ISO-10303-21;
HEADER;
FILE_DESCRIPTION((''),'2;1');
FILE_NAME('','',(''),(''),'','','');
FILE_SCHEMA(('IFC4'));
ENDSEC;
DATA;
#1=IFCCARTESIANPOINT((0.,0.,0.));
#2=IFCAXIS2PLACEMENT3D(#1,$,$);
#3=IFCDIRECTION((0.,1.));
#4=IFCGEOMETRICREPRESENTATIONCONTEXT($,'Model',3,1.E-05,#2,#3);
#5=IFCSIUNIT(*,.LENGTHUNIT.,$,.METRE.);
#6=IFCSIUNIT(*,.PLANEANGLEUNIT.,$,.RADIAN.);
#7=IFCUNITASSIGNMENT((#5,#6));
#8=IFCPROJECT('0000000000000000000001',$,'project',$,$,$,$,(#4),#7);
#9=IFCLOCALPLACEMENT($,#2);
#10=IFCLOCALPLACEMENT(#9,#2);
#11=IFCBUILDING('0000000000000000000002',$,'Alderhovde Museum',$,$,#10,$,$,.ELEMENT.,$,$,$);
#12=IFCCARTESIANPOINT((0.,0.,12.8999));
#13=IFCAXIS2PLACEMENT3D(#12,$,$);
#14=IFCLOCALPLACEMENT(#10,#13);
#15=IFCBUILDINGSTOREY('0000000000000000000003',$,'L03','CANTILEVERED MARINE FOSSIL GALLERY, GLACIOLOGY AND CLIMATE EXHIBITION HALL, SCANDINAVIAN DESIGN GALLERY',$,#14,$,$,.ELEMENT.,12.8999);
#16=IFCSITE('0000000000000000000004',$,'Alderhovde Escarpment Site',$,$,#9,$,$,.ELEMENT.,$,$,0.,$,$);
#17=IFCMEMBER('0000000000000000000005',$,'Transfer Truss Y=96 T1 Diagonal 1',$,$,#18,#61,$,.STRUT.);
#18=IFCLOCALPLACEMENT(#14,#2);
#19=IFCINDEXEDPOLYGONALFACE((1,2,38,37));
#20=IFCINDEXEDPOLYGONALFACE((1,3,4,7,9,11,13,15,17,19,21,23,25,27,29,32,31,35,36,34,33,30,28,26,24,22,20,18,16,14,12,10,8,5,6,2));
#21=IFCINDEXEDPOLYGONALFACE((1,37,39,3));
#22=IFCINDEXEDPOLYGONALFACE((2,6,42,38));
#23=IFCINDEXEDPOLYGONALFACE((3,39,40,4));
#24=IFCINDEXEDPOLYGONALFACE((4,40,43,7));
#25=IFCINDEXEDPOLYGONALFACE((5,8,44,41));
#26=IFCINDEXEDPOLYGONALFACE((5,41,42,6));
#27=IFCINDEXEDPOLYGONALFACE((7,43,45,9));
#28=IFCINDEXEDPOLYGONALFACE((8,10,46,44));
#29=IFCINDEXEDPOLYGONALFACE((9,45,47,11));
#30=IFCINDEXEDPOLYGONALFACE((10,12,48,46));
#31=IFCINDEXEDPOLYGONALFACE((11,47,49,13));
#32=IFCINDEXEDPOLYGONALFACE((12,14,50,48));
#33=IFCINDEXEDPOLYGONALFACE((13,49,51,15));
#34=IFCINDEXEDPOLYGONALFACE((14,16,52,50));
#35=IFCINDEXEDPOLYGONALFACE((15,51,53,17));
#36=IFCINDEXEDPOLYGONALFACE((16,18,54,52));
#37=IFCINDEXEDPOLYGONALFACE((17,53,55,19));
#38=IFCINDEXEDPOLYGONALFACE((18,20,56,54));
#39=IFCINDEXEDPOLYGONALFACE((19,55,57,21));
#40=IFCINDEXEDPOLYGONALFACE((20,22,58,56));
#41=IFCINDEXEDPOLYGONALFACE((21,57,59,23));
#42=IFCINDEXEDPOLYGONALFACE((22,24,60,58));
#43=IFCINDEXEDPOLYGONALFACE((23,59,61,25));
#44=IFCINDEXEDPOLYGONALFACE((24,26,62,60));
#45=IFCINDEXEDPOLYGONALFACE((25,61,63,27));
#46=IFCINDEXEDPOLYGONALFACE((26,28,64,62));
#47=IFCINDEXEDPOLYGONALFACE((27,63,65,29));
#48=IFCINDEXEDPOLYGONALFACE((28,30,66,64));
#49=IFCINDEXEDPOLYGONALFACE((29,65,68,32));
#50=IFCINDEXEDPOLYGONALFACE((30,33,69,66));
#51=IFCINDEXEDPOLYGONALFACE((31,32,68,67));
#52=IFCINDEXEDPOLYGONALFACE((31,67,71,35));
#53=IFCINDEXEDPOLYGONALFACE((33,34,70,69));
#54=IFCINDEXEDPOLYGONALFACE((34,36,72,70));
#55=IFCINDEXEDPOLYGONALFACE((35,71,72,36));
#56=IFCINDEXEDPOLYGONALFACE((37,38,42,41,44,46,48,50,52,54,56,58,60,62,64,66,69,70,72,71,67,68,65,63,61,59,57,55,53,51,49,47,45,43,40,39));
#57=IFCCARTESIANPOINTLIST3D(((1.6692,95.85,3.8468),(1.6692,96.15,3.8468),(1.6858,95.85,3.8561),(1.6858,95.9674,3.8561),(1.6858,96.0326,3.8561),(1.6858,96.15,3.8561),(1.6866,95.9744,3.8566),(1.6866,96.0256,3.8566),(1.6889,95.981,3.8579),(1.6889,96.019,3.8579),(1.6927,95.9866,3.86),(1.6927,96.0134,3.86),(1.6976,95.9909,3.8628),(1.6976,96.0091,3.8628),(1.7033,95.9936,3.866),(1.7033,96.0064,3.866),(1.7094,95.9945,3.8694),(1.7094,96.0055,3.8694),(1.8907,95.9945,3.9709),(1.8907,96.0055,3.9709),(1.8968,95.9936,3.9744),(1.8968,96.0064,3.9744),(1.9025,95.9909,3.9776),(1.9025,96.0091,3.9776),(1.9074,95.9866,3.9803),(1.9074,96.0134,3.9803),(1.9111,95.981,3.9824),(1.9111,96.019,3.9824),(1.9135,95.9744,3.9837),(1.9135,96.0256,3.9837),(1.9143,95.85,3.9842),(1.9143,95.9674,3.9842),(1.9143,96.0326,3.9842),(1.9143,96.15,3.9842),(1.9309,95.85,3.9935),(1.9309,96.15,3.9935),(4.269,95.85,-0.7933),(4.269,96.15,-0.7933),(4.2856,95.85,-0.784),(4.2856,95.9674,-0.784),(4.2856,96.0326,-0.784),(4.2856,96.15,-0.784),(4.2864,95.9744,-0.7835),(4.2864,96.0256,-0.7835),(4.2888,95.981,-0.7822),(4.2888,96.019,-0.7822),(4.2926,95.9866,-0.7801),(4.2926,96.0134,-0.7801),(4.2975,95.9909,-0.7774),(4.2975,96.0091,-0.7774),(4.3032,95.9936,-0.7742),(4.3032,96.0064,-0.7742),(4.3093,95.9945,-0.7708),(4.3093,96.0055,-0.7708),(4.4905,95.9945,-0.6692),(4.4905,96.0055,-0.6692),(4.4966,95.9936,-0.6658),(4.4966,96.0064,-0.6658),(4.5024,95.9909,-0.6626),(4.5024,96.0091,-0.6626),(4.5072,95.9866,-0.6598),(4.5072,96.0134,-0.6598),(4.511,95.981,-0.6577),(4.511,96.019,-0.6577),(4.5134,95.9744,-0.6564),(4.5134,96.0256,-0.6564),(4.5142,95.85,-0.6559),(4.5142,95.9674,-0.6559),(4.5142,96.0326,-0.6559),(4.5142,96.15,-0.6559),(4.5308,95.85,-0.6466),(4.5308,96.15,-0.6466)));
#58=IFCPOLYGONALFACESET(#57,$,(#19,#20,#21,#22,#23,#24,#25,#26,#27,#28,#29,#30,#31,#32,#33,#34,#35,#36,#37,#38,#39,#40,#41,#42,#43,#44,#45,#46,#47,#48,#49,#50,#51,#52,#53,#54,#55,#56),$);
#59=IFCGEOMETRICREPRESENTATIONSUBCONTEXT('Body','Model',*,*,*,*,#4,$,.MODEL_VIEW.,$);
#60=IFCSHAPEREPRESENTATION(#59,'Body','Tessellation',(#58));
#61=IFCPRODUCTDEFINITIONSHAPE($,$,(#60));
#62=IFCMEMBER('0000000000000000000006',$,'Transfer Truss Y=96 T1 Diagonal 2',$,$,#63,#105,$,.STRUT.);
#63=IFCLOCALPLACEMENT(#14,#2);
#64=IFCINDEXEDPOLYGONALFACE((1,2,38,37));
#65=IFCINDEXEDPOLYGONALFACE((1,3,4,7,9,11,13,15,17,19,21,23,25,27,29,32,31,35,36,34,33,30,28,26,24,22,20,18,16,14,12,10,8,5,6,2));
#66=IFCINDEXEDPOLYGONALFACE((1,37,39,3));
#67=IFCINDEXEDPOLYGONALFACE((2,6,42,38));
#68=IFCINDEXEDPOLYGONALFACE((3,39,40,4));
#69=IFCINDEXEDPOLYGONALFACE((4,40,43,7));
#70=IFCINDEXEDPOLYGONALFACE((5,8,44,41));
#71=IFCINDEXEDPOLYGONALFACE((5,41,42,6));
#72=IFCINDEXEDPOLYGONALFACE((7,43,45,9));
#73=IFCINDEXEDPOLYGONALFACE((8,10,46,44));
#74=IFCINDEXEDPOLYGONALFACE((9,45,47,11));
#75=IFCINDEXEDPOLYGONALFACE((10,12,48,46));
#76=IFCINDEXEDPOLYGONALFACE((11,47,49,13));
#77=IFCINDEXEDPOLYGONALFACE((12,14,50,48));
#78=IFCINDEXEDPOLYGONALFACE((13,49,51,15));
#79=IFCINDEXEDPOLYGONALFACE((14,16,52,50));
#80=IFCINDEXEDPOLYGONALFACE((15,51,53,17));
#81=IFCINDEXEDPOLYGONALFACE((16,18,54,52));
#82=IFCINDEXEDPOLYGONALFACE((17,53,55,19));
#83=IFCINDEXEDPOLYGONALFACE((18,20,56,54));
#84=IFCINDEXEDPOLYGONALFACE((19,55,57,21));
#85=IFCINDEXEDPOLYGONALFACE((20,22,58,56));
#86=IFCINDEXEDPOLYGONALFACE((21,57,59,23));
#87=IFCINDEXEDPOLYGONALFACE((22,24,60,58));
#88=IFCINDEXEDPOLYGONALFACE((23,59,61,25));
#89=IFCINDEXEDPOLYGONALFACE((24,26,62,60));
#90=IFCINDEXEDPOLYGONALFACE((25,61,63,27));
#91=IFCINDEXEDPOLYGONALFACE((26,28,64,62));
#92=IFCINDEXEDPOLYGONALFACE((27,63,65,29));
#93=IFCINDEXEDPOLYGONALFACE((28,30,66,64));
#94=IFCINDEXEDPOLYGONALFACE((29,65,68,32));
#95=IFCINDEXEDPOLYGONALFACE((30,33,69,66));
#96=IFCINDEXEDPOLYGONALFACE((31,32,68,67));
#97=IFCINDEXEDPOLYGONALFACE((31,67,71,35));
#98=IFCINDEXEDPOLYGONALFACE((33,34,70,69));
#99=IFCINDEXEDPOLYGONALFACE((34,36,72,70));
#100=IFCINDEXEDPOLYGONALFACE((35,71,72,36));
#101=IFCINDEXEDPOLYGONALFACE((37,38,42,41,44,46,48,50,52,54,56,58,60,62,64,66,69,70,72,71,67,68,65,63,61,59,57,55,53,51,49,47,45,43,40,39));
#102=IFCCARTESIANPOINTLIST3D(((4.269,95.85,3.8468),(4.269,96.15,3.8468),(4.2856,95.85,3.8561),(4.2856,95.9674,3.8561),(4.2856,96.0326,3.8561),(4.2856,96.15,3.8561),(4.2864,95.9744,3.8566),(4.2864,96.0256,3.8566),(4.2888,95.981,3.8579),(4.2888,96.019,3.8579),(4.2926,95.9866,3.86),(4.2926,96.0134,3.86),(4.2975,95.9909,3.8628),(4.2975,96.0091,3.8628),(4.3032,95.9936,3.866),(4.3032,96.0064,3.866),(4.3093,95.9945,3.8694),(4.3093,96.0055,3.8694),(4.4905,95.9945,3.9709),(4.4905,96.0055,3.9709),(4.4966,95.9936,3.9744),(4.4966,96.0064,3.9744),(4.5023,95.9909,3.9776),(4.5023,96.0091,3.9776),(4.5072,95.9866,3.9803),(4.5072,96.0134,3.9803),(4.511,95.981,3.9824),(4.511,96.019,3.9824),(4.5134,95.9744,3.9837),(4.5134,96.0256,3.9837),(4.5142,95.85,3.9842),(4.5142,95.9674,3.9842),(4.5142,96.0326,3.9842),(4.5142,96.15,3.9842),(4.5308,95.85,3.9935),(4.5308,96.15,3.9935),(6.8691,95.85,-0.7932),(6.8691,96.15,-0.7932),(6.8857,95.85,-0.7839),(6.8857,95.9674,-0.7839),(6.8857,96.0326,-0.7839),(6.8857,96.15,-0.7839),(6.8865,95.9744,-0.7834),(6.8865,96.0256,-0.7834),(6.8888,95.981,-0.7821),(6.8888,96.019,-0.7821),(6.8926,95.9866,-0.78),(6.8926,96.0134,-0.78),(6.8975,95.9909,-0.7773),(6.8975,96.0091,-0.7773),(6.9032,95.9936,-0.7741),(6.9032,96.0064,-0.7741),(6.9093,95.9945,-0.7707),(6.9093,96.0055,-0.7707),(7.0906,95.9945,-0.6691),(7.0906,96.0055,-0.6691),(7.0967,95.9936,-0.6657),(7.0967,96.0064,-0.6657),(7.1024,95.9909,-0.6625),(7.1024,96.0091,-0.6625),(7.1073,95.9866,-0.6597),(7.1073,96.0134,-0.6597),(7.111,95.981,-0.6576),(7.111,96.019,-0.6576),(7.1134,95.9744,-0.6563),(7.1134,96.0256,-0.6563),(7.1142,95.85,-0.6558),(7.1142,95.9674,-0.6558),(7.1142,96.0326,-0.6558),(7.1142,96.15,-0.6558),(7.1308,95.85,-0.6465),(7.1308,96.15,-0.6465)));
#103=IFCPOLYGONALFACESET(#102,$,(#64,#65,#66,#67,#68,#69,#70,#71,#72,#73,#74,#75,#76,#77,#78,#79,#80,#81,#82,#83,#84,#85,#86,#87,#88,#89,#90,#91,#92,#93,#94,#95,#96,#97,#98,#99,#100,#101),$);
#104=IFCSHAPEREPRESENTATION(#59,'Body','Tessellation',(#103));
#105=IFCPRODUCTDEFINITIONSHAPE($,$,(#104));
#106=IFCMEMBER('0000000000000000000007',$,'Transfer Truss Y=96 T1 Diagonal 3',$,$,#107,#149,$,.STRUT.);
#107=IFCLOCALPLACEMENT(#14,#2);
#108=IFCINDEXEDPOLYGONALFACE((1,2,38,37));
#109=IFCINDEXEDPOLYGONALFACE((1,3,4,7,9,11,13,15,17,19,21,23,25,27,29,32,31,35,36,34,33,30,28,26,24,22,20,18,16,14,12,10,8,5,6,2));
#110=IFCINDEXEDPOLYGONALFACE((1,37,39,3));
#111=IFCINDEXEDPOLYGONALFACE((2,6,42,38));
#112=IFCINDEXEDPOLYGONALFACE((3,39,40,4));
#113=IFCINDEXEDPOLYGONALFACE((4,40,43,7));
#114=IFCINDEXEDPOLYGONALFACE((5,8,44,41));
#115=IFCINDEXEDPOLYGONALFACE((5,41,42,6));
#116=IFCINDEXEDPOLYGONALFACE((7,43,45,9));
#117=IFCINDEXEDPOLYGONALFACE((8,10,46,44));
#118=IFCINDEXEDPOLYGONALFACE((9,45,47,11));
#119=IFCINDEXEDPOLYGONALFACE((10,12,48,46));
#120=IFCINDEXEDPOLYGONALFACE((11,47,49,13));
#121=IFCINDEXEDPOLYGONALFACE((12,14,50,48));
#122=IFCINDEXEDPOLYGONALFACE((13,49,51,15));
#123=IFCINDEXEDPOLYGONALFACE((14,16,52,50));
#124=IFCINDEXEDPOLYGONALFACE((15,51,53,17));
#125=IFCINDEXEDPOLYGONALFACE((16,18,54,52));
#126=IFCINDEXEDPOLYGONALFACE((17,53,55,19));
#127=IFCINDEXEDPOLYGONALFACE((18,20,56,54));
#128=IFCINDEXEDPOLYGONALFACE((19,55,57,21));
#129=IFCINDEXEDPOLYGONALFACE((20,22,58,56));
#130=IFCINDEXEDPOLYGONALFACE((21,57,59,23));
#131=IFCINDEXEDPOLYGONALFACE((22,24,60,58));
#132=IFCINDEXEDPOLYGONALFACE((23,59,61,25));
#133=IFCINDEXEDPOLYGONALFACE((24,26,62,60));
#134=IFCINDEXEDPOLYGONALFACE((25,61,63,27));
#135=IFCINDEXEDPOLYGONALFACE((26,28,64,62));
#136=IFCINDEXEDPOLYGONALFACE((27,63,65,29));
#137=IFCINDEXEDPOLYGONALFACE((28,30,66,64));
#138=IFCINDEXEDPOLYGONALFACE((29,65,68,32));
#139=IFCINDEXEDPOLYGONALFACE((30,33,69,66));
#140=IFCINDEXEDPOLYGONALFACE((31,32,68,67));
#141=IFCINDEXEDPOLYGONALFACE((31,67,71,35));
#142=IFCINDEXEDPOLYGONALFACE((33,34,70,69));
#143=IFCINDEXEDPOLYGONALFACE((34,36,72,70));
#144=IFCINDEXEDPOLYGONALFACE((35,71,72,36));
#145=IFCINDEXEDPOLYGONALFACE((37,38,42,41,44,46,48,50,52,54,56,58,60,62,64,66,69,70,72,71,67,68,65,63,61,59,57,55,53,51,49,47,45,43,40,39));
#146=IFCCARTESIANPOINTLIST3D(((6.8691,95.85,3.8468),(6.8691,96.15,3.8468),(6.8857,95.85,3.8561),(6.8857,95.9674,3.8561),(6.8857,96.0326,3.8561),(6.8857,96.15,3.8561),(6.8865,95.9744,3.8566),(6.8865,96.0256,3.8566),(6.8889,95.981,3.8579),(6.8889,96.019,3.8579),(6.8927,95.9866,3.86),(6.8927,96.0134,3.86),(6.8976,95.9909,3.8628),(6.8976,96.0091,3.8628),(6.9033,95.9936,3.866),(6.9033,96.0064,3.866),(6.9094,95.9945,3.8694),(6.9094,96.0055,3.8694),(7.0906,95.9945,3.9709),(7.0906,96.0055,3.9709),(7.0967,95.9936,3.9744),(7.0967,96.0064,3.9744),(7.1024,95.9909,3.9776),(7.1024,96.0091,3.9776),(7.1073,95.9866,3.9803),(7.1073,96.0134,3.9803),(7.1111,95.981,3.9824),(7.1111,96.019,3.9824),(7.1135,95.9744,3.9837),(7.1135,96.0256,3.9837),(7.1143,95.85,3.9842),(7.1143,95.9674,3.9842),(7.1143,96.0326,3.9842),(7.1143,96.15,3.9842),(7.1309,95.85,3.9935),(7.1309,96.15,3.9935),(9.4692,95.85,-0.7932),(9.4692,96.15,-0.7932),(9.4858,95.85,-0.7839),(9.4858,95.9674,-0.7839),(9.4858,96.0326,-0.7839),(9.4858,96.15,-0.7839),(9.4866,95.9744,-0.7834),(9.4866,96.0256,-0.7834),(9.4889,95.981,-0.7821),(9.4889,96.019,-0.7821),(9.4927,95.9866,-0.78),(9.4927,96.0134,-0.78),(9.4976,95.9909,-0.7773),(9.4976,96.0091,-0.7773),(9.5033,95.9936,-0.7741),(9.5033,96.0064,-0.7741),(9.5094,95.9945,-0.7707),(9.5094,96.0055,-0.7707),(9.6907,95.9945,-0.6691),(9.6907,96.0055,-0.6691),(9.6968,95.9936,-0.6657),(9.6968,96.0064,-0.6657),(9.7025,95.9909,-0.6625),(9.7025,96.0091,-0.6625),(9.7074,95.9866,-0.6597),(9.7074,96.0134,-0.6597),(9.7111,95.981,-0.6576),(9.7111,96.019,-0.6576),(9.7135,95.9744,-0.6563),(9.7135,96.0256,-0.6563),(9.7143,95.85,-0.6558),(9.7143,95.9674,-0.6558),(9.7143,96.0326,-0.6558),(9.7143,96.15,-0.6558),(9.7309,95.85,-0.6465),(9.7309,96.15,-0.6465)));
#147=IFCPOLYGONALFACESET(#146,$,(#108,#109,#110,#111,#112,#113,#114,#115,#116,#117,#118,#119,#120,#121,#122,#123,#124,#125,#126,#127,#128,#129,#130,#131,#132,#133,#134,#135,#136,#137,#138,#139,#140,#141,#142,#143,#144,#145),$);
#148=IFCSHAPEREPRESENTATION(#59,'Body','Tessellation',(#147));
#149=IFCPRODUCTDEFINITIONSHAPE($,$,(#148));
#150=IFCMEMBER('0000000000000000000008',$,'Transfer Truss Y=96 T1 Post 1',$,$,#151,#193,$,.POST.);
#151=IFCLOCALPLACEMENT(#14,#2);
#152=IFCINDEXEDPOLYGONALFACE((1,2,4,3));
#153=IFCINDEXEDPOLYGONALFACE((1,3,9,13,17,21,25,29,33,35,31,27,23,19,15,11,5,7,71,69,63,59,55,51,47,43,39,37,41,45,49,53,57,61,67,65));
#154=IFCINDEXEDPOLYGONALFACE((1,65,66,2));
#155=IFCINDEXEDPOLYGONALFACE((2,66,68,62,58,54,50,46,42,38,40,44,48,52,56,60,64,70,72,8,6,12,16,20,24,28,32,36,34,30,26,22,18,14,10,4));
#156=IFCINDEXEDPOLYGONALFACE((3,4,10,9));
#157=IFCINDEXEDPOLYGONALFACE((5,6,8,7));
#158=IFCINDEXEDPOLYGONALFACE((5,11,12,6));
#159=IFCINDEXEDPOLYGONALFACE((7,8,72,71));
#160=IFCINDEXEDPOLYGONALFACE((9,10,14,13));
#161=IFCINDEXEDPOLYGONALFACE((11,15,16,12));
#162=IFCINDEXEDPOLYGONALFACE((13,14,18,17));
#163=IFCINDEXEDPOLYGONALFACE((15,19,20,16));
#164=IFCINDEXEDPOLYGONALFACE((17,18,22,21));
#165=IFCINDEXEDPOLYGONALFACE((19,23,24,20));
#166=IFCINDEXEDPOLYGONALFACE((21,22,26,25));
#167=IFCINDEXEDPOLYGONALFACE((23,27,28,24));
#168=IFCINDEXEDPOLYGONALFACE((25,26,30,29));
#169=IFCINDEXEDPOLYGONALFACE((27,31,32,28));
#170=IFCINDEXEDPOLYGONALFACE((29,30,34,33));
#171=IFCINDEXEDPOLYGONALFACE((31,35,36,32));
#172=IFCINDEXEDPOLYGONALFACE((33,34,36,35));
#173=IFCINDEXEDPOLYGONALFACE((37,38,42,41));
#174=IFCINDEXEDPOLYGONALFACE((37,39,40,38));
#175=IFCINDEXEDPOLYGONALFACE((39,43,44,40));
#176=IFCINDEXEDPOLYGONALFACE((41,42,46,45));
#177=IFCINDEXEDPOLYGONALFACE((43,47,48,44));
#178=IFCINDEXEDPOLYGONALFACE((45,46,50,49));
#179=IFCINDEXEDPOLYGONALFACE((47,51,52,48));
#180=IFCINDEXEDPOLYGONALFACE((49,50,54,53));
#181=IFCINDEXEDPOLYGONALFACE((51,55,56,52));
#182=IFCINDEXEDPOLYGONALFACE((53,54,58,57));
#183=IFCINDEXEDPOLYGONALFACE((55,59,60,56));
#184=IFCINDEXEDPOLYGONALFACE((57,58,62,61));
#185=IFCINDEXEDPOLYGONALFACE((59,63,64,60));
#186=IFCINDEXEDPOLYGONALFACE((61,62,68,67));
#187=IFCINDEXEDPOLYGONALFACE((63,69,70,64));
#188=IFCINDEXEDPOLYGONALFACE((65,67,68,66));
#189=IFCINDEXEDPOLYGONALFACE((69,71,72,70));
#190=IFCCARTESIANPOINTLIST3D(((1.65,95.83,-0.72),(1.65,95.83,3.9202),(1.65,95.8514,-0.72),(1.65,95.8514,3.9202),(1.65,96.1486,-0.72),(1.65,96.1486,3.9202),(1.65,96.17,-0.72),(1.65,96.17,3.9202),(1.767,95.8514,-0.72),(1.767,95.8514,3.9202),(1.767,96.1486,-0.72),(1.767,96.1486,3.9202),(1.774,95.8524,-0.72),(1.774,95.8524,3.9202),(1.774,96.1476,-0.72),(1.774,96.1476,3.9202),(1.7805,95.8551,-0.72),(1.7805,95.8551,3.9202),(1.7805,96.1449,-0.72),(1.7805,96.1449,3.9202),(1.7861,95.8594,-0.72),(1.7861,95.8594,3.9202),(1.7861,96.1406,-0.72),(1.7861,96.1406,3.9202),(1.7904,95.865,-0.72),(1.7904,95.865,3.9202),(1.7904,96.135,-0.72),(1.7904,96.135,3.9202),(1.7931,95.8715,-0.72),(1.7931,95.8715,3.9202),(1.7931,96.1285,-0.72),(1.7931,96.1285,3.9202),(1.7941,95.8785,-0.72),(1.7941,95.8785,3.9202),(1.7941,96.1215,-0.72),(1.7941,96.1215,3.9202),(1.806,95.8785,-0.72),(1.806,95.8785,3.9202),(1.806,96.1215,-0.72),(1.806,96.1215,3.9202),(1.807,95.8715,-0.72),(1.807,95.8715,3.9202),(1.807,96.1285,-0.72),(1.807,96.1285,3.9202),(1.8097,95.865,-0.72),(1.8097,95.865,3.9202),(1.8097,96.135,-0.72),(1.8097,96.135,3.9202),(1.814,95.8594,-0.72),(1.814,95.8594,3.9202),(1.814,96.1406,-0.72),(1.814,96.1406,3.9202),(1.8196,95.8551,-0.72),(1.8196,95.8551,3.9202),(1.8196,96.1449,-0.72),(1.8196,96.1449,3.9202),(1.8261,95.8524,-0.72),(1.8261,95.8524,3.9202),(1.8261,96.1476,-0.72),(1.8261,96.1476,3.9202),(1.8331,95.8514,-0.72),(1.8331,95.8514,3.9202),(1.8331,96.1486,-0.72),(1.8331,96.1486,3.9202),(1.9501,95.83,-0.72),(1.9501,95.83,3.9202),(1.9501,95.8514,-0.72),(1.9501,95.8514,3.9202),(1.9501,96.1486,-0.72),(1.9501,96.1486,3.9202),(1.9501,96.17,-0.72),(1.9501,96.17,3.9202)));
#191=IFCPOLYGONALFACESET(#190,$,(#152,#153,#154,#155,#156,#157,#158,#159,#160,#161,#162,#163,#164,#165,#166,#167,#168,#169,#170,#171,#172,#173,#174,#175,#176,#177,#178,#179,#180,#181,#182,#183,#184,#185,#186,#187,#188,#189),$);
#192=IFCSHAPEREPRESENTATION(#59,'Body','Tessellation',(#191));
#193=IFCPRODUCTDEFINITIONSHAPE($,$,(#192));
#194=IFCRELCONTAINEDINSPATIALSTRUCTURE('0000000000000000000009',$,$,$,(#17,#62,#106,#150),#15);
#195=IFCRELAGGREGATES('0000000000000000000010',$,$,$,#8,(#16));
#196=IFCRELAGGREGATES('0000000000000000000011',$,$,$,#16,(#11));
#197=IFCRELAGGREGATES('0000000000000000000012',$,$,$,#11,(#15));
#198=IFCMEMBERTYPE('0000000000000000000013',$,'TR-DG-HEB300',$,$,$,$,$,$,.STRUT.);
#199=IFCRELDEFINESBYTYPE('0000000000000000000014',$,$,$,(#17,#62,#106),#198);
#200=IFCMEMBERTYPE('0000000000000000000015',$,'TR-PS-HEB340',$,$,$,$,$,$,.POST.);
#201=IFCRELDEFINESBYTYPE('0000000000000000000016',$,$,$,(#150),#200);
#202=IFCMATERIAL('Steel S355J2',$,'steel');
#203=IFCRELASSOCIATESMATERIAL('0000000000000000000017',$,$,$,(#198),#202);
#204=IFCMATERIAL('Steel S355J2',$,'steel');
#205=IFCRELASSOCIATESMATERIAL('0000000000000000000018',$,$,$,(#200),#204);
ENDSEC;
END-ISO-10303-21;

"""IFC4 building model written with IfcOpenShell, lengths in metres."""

from ifc_helpers import new_model, si_unit, direction, frame, origin, origin_2d, place, context, subcontext, project, spatial, i_section, extrude, material, material_profile, profile_set, type_object, element, save


model = new_model("IFC4")

# Units and contexts
model_context = context("Model", 3, precision=1e-05, world=origin(), true_north=direction((0.0, 1.0)))
body_context = subcontext(model_context, "Body", "Model", "MODEL_VIEW")
ifc_project = project(units=[si_unit("LENGTHUNIT", "METRE"), si_unit("PLANEANGLEUNIT", "RADIAN")], contexts=[model_context])

# Site, building, storey
site_placement = place(None, origin())
site = spatial("IfcSite", under=ifc_project, at=site_placement, Name="Alderhovde Escarpment Site", CompositionType="ELEMENT", RefElevation=0.0)
building_placement = place(site_placement, origin())
building = spatial("IfcBuilding", under=site, at=building_placement, Name="Alderhovde Museum", CompositionType="ELEMENT")
storey_placement = place(building_placement, frame((0.0, 0.0, 12.8999)))
storey = spatial("IfcBuildingStorey", under=building, at=storey_placement, Name="L03", Description="CANTILEVERED MARINE FOSSIL GALLERY, GLACIOLOGY AND CLIMATE EXHIBITION HALL, SCANDINAVIAN DESIGN GALLERY", CompositionType="ELEMENT", Elevation=12.8999)

# Members
ifc_material_1 = material(Name="Steel S355J2", Category="steel")
ifc_material_profile_1 = material_profile(ifc_material_1, i_section(OverallWidth=0.3, OverallDepth=0.3, WebThickness=0.011, FlangeThickness=0.019, FilletRadius=0.0271, at=origin_2d()), Name="HEB 300")
ifc_profile_set_1 = profile_set([ifc_material_profile_1], Name="Steel S355J2")
member_type_1 = type_object("IfcMemberType", Name="TR-DG-HEB300", PredefinedType="STRUT", material=ifc_profile_set_1)
for number, where, z_axis, x_axis, name in (
    (1, (1.8, 96.0, 3.9202), (0.4888, 0.0, -0.872396), (0.0, 1.0, 0.0), "Transfer Truss Y=96 T1 Diagonal 1"),
    (2, (4.3999, 96.0, 3.9202), (0.488835, 0.0, -0.872376), (0.0, 1.0, 0.0), "Transfer Truss Y=96 T1 Diagonal 2"),
    (3, (7.0, 96.0, 3.9202), (0.488835, 0.0, -0.872376), (0.0, 1.0, 0.0), "Transfer Truss Y=96 T1 Diagonal 3"),
):
    element("IfcMember", number, at=place(storey_placement, frame(where, z_axis=z_axis, x_axis=x_axis)), inside=storey, type_object=member_type_1, Name=name, PredefinedType="STRUT", context=body_context, shape_type="SweptSolid", body=[
        extrude(i_section(OverallWidth=0.3, OverallDepth=0.3, WebThickness=0.011, FlangeThickness=0.019, FilletRadius=0.0271, at=origin_2d()), origin(), (0.0, 0.0, 1.0), 5.3188),
    ])
ifc_material_2 = material(Name="Steel S355J2", Category="steel")
ifc_material_profile_2 = material_profile(ifc_material_2, i_section(OverallWidth=0.3, OverallDepth=0.3401, WebThickness=0.012, FlangeThickness=0.0215, FilletRadius=0.0271, at=origin_2d()), Name="HEB 340")
ifc_profile_set_2 = profile_set([ifc_material_profile_2], Name="Steel S355J2")
member_type_2 = type_object("IfcMemberType", Name="TR-PS-HEB340", PredefinedType="POST", material=ifc_profile_set_2)
for number, where, z_axis, x_axis, name in (
    (4, (1.8, 96.0, -0.72), (0.0, 0.0, 1.0), (1.0, 0.0, 0.0), "Transfer Truss Y=96 T1 Post 1"),
):
    element("IfcMember", number, at=place(storey_placement, frame(where, z_axis=z_axis, x_axis=x_axis)), inside=storey, type_object=member_type_2, Name=name, PredefinedType="POST", context=body_context, shape_type="SweptSolid", body=[
        extrude(i_section(OverallWidth=0.3, OverallDepth=0.3401, WebThickness=0.012, FlangeThickness=0.0215, FilletRadius=0.0271, at=origin_2d()), origin(), (0.0, 0.0, 1.0), 4.6401),
    ])

save(model, "model.ifc")
